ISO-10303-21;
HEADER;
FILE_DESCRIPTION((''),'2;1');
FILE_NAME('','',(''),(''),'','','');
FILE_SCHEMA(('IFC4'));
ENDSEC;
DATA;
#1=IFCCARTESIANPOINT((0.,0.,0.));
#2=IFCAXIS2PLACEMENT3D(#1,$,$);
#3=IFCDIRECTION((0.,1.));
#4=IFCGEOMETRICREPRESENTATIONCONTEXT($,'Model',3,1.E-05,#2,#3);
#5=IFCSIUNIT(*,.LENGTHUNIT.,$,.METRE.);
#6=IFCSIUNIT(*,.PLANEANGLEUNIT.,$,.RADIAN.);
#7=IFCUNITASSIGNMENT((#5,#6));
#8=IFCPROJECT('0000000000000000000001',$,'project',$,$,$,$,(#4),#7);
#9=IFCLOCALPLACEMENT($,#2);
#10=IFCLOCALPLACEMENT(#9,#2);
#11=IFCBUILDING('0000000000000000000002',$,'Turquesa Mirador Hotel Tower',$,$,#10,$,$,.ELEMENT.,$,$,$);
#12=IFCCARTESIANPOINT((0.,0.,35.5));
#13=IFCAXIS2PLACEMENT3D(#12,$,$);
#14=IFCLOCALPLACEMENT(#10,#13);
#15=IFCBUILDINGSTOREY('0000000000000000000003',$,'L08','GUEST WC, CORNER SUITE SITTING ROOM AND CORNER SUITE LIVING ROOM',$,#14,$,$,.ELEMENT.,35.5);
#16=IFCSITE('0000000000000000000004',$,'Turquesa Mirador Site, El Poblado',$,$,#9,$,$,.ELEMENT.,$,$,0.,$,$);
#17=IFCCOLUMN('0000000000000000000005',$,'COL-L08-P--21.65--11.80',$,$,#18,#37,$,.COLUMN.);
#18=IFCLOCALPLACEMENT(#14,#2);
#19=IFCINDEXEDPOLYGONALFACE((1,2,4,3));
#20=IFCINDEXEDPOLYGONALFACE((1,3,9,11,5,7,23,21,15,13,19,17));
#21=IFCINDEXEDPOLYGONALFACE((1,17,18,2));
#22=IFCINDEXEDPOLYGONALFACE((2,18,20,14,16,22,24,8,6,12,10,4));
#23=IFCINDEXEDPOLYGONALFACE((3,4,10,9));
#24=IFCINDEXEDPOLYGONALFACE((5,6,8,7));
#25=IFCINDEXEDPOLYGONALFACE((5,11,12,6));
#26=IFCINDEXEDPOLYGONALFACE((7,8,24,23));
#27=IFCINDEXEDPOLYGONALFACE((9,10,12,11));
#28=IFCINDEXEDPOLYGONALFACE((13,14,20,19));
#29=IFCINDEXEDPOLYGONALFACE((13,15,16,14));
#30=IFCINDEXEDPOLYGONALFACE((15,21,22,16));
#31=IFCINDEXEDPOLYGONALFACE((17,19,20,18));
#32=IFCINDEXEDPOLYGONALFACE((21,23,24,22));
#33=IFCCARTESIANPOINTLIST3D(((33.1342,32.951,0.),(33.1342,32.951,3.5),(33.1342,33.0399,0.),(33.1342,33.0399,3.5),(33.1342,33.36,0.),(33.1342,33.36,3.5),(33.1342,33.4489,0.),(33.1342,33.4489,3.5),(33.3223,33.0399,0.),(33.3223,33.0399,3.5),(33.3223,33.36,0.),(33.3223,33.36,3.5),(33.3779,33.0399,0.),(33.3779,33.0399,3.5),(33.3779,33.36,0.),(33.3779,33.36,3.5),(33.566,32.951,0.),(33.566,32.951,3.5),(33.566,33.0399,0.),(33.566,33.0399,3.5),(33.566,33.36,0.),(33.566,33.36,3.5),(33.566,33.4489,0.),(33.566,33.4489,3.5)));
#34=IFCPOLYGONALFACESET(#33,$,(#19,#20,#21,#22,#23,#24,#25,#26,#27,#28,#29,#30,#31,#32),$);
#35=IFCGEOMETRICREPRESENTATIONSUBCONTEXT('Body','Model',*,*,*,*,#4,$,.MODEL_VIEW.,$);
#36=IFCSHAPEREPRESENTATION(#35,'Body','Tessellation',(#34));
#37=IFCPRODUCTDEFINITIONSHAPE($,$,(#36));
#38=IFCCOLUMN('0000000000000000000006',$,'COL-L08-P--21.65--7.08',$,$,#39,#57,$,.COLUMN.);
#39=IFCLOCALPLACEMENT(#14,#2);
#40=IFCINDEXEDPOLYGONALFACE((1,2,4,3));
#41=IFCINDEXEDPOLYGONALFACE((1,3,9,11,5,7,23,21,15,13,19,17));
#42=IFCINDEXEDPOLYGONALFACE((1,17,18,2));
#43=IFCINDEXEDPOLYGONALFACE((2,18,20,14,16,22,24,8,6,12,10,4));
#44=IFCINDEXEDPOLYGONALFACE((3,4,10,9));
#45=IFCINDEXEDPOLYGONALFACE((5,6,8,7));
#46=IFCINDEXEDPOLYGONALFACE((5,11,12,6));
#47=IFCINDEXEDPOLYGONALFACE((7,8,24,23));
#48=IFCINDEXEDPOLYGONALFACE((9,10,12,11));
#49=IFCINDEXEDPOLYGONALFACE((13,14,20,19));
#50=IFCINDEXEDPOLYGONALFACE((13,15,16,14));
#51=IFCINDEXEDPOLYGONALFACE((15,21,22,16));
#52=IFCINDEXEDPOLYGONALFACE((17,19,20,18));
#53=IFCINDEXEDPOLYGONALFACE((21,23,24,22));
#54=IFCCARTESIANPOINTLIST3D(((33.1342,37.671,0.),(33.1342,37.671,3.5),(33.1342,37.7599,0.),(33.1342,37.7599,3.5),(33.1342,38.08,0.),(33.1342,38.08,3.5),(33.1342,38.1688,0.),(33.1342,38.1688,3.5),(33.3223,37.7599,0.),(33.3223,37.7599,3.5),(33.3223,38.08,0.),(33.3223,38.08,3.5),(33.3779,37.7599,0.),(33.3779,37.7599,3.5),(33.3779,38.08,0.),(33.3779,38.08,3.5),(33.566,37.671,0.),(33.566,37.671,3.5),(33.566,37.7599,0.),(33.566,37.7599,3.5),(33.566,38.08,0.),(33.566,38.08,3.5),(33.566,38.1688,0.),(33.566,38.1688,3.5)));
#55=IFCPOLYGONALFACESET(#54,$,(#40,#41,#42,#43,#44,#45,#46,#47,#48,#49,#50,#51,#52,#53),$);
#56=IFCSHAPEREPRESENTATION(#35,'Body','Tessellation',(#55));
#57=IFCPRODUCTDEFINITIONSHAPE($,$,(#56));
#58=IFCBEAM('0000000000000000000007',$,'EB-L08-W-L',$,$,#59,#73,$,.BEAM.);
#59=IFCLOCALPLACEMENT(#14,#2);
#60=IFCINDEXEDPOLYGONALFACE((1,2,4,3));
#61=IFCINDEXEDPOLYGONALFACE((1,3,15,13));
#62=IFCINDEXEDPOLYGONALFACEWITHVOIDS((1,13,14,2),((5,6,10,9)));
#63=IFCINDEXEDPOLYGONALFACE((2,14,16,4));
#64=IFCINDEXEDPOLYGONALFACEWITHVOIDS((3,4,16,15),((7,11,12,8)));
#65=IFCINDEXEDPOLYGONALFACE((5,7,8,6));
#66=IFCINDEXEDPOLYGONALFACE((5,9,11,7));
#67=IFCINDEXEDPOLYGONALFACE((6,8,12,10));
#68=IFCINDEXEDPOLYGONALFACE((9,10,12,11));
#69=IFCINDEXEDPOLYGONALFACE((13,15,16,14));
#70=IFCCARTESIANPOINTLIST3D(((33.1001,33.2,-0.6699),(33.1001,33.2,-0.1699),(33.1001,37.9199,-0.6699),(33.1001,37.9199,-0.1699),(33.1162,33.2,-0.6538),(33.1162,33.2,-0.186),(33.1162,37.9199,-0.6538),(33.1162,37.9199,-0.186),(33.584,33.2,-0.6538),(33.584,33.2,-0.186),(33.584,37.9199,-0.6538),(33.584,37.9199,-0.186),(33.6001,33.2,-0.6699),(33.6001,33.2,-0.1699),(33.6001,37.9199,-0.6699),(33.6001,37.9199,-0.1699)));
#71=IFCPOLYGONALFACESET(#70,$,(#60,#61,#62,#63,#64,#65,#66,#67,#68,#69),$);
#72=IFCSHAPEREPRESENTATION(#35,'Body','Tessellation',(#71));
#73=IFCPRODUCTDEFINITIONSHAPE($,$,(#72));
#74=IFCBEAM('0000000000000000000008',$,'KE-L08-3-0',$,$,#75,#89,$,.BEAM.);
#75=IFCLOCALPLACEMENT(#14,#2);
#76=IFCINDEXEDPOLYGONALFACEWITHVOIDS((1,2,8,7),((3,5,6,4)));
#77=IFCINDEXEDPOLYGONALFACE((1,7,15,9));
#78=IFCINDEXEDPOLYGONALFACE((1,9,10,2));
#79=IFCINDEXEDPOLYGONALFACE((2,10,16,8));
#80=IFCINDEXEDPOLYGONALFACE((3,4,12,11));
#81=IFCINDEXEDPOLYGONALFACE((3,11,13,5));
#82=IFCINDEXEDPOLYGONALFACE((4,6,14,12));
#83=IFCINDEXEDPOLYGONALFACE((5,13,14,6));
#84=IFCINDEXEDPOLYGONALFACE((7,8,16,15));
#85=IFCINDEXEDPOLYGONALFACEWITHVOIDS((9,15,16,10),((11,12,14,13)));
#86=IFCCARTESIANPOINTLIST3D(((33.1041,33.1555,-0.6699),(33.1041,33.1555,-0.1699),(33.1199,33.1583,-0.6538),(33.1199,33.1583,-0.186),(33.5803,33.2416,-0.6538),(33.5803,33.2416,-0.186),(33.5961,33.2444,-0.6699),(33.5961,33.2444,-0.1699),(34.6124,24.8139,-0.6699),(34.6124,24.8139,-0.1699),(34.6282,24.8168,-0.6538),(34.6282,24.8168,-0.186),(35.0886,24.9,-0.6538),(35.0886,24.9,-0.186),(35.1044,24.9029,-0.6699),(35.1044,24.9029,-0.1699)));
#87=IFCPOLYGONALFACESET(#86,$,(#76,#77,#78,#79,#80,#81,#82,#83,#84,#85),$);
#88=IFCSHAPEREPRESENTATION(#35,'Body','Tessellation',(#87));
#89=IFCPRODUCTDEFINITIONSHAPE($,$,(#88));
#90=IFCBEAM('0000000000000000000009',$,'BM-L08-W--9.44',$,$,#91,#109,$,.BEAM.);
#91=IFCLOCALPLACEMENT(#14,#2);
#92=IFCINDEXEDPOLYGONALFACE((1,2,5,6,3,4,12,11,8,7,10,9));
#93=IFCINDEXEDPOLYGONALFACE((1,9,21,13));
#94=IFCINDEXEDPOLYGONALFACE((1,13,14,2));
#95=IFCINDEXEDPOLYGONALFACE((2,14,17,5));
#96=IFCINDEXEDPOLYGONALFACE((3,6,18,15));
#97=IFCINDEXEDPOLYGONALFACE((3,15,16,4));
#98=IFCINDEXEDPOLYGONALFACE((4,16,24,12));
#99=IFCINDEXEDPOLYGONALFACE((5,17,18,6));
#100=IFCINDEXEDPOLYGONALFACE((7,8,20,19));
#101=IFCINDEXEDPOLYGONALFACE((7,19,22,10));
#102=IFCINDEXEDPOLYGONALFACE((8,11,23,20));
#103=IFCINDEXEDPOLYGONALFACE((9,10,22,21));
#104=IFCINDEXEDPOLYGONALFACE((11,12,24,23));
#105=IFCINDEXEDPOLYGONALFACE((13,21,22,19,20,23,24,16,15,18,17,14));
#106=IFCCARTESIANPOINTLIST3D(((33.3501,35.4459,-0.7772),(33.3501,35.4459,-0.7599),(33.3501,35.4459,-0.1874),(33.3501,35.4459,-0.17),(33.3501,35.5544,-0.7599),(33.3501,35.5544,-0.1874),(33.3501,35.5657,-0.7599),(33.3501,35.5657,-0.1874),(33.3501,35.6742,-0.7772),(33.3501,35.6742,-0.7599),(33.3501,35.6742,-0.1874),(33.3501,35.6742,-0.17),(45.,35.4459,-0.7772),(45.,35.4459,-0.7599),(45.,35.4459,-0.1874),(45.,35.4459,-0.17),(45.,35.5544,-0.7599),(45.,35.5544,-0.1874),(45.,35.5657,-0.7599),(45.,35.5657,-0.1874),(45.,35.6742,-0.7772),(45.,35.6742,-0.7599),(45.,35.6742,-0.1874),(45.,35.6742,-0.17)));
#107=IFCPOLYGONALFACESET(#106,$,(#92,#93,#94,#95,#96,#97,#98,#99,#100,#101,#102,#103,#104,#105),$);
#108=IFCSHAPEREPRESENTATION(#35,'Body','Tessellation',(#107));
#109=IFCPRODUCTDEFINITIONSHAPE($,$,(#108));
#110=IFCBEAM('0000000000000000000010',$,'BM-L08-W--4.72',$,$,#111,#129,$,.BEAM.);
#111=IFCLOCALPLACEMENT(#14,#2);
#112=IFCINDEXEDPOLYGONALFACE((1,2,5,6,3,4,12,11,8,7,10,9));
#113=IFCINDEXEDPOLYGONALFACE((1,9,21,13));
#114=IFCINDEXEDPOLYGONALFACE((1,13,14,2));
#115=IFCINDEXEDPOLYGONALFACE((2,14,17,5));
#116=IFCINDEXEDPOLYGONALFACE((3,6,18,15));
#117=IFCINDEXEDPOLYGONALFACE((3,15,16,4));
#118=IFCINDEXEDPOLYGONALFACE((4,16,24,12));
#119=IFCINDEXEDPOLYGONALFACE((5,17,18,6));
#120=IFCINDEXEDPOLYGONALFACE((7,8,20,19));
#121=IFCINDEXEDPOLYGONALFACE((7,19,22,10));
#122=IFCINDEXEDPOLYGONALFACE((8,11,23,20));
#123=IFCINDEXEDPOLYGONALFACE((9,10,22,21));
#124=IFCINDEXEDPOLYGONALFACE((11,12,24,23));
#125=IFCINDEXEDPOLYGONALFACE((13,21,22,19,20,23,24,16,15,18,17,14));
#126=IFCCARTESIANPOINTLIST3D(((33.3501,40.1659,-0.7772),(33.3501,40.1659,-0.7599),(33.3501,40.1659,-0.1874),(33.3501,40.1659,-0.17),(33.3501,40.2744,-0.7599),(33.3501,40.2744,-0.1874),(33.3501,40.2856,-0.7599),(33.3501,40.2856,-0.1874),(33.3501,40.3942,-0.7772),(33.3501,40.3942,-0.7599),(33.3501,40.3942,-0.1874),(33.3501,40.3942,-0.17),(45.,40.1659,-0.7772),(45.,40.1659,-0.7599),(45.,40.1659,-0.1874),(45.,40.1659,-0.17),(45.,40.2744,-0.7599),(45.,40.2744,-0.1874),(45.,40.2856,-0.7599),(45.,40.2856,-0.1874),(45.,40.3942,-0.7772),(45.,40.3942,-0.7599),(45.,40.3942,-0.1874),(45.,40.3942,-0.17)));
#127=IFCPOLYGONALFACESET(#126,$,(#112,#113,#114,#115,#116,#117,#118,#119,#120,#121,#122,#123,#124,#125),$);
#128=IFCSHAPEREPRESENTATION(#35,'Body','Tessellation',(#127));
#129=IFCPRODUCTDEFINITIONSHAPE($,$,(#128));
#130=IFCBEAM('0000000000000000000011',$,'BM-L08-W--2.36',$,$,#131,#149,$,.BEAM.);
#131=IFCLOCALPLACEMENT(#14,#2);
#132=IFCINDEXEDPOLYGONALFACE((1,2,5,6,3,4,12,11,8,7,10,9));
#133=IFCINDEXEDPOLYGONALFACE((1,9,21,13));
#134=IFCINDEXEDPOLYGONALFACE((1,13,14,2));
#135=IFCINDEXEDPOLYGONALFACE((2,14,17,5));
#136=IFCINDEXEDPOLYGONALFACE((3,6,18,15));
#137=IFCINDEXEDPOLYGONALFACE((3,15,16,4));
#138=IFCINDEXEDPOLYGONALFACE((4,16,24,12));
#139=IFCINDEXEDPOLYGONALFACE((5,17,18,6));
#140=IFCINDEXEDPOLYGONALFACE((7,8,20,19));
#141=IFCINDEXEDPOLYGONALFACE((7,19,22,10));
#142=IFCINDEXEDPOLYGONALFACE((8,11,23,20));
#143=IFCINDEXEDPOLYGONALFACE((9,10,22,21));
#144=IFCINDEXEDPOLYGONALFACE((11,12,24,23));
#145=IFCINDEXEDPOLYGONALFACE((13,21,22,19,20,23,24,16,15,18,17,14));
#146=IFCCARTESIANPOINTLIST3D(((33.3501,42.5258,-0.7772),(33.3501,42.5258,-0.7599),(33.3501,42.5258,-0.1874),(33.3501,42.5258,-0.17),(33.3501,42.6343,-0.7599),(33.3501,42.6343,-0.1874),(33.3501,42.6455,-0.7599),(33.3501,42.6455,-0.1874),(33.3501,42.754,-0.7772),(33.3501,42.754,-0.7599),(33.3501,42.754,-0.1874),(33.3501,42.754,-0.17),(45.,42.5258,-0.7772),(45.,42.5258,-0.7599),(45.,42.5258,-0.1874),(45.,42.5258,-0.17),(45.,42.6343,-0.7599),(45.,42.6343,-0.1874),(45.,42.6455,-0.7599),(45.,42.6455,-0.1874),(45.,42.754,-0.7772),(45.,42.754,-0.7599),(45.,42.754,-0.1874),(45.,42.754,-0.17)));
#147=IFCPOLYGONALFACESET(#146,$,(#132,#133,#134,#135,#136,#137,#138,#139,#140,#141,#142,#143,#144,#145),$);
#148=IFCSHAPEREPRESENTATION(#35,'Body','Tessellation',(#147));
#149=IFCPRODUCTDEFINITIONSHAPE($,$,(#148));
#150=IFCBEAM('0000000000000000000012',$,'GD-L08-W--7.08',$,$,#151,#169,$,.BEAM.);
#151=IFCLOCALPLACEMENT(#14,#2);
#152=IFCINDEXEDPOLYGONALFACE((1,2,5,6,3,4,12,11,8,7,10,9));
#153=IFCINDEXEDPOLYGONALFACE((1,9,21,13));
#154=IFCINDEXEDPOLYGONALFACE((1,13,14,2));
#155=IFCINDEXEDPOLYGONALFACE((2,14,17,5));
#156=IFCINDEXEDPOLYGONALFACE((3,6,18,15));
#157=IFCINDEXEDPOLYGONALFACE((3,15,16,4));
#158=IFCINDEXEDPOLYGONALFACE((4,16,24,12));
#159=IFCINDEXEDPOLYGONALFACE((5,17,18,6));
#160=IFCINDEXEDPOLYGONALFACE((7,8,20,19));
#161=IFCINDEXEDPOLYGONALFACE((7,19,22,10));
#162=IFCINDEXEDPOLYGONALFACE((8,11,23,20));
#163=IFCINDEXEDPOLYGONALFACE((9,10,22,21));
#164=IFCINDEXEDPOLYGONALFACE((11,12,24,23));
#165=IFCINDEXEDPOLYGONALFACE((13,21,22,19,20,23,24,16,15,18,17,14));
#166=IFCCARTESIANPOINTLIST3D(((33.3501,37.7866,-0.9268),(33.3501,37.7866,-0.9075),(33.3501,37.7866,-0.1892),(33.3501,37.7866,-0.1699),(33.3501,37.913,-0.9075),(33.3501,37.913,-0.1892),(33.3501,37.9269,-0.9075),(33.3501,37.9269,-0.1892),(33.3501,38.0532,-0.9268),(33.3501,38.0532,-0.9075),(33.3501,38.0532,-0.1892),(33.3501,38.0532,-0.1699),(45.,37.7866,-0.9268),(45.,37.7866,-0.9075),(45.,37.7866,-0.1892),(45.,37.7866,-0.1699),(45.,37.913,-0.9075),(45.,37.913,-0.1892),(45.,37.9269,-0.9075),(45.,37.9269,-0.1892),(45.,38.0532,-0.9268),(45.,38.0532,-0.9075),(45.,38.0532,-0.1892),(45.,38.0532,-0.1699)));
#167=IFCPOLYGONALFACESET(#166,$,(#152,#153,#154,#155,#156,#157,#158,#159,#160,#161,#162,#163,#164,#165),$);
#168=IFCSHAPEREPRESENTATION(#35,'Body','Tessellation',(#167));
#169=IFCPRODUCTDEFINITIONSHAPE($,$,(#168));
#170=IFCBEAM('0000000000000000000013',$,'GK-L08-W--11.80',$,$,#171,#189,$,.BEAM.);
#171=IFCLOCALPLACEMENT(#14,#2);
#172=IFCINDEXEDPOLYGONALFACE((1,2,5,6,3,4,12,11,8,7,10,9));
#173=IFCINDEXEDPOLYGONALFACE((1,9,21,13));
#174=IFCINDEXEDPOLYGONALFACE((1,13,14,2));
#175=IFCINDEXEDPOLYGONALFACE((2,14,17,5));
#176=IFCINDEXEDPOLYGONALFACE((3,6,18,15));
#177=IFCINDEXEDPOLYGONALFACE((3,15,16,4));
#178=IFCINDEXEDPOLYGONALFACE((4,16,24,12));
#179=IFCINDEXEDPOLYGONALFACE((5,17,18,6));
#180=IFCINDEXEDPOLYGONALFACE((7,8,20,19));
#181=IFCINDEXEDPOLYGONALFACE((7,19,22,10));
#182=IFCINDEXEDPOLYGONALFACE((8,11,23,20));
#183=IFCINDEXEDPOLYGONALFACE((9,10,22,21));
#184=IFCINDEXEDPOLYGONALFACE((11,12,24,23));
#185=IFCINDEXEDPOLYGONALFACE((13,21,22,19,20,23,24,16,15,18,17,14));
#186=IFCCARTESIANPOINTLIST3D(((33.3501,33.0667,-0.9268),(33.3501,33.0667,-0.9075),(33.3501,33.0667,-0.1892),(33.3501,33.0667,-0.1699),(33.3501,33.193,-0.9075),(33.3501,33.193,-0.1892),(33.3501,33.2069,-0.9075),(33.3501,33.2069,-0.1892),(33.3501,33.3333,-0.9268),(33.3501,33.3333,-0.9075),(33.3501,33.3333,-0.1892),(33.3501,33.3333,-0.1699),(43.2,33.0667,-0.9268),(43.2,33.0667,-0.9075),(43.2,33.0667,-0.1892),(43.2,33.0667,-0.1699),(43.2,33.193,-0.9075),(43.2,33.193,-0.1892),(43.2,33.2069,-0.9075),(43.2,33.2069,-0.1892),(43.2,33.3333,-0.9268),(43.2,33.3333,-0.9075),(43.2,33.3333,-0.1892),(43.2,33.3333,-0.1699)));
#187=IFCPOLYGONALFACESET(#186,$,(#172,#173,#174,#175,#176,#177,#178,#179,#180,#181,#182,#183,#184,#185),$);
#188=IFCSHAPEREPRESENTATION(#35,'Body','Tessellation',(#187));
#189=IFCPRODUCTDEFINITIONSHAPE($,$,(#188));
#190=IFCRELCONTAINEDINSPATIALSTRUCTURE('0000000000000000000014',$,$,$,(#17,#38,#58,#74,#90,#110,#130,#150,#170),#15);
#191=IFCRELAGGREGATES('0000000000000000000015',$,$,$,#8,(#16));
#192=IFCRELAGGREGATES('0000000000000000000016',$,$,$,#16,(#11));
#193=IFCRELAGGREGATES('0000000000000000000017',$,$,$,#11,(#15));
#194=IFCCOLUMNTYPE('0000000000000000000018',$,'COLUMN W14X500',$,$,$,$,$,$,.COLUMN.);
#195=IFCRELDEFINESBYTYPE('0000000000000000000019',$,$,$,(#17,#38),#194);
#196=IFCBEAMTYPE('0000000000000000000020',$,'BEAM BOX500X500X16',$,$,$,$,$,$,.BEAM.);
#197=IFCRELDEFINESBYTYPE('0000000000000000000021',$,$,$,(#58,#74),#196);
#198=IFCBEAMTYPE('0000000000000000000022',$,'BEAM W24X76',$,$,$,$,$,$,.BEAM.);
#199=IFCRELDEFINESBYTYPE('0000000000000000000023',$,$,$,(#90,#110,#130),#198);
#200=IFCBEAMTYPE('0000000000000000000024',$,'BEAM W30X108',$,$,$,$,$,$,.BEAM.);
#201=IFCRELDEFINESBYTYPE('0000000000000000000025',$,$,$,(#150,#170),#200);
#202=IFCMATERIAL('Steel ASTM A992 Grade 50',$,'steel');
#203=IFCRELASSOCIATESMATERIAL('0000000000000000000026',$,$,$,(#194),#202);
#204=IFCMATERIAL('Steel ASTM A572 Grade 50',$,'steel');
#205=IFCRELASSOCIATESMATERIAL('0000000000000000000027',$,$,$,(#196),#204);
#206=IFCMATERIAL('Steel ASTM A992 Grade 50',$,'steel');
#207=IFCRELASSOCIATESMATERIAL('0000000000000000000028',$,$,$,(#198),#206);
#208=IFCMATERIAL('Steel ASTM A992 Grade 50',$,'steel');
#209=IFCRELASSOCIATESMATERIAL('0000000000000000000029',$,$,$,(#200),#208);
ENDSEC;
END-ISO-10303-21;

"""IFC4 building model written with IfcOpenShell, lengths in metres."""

from ifc_helpers import new_model, si_unit, direction, frame, origin, origin_2d, place, context, subcontext, project, spatial, hollow_rectangle, i_section, extrude, material, material_profile, profile_set, type_object, element, save


model = new_model("IFC4")

# Units and contexts
model_context = context("Model", 3, precision=1e-05, world=origin(), true_north=direction((0.0, 1.0)))
body_context = subcontext(model_context, "Body", "Model", "MODEL_VIEW")
ifc_project = project(units=[si_unit("LENGTHUNIT", "METRE"), si_unit("PLANEANGLEUNIT", "RADIAN")], contexts=[model_context])

# Site, building, storey
site_placement = place(None, origin())
site = spatial("IfcSite", under=ifc_project, at=site_placement, Name="Turquesa Mirador Site, El Poblado", CompositionType="ELEMENT", RefElevation=0.0)
building_placement = place(site_placement, origin())
building = spatial("IfcBuilding", under=site, at=building_placement, Name="Turquesa Mirador Hotel Tower", CompositionType="ELEMENT")
storey_placement = place(building_placement, frame((0.0, 0.0, 35.5)))
storey = spatial("IfcBuildingStorey", under=building, at=storey_placement, Name="L08", Description="GUEST WC, CORNER SUITE SITTING ROOM AND CORNER SUITE LIVING ROOM", CompositionType="ELEMENT", Elevation=35.5)

# Columns
ifc_material_1 = material(Name="Steel ASTM A992 Grade 50", Category="steel")
ifc_material_profile_1 = material_profile(ifc_material_1, i_section(OverallWidth=0.4319, OverallDepth=0.4978, WebThickness=0.0557, FlangeThickness=0.0889, at=origin_2d()), Name="W14X500")
ifc_profile_set_1 = profile_set([ifc_material_profile_1], Name="Steel ASTM A992 Grade 50")
column_type = type_object("IfcColumnType", Name="COLUMN W14X500", PredefinedType="COLUMN", material=ifc_profile_set_1)
for number, where, z_axis, x_axis, name in (
    (1, (33.3501, 33.2, 0.0), (0.0, 0.0, 1.0), (1.0, 0.0, 0.0), "COL-L08-P--21.65--11.80"),
    (2, (33.3501, 37.9199, 0.0), (0.0, 0.0, 1.0), (1.0, 0.0, 0.0), "COL-L08-P--21.65--7.08"),
):
    element("IfcColumn", number, at=place(storey_placement, frame(where, z_axis=z_axis, x_axis=x_axis)), inside=storey, type_object=column_type, Name=name, PredefinedType="COLUMN", context=body_context, shape_type="SweptSolid", body=[
        extrude(i_section(OverallWidth=0.4319, OverallDepth=0.4978, WebThickness=0.0557, FlangeThickness=0.0889, at=origin_2d()), origin(), (0.0, 0.0, 1.0), 3.5),
    ])

# Beams
ifc_material_2 = material(Name="Steel ASTM A572 Grade 50", Category="steel")
ifc_material_profile_2 = material_profile(ifc_material_2, hollow_rectangle(XDim=0.5, YDim=0.5, WallThickness=0.0161, at=origin_2d()), Name="BOX500X500X16")
ifc_profile_set_2 = profile_set([ifc_material_profile_2], Name="Steel ASTM A572 Grade 50")
beam_type_1 = type_object("IfcBeamType", Name="BEAM BOX500X500X16", PredefinedType="BEAM", material=ifc_profile_set_2)
beam_1_placement = place(storey_placement, frame((33.3501, 33.2, -0.4199), z_axis=(0.0, 1.0, 0.0), x_axis=(-1.0, 0.0, 0.0)))
element("IfcBeam", 3, at=beam_1_placement, inside=storey, type_object=beam_type_1, Name="EB-L08-W-L", PredefinedType="BEAM", context=body_context, shape_type="SweptSolid", body=[
    extrude(hollow_rectangle(XDim=0.5, YDim=0.5, WallThickness=0.0161, at=origin_2d()), origin(), (0.0, 0.0, 1.0), 4.72),
])
beam_2_placement = place(storey_placement, frame((33.3501, 33.2, -0.4199), z_axis=(0.177932, -0.984043, 0.0), x_axis=(0.984043, 0.177932, 0.0)))
element("IfcBeam", 4, at=beam_2_placement, inside=storey, type_object=beam_type_1, Name="KE-L08-3-0", PredefinedType="BEAM", context=body_context, shape_type="SweptSolid", body=[
    extrude(hollow_rectangle(XDim=0.5, YDim=0.5, WallThickness=0.0161, at=origin_2d()), origin(), (0.0, 0.0, 1.0), 8.4768),
])
ifc_material_3 = material(Name="Steel ASTM A992 Grade 50", Category="steel")
ifc_material_profile_3 = material_profile(ifc_material_3, i_section(OverallWidth=0.2283, OverallDepth=0.6072, WebThickness=0.0112, FlangeThickness=0.0173, at=origin_2d()), Name="W24X76")
ifc_profile_set_3 = profile_set([ifc_material_profile_3], Name="Steel ASTM A992 Grade 50")
beam_type_2 = type_object("IfcBeamType", Name="BEAM W24X76", PredefinedType="BEAM", material=ifc_profile_set_3)
for number, where, z_axis, x_axis, name in (
    (5, (33.3501, 35.5601, -0.4736), (1.0, 0.0, 0.0), (0.0, 1.0, 0.0), "BM-L08-W--9.44"),
    (6, (33.3501, 40.28, -0.4736), (1.0, 0.0, 0.0), (0.0, 1.0, 0.0), "BM-L08-W--4.72"),
    (7, (33.3501, 42.6399, -0.4736), (1.0, 0.0, 0.0), (0.0, 1.0, 0.0), "BM-L08-W--2.36"),
):
    element("IfcBeam", number, at=place(storey_placement, frame(where, z_axis=z_axis, x_axis=x_axis)), inside=storey, type_object=beam_type_2, Name=name, PredefinedType="BEAM", context=body_context, shape_type="SweptSolid", body=[
        extrude(i_section(OverallWidth=0.2283, OverallDepth=0.6072, WebThickness=0.0112, FlangeThickness=0.0173, at=origin_2d()), origin(), (0.0, 0.0, 1.0), 11.6499),
    ])
ifc_material_4 = material(Name="Steel ASTM A992 Grade 50", Category="steel")
ifc_material_profile_4 = material_profile(ifc_material_4, i_section(OverallWidth=0.2666, OverallDepth=0.7568, WebThickness=0.0139, FlangeThickness=0.0193, at=origin_2d()), Name="W30X108")
ifc_profile_set_4 = profile_set([ifc_material_profile_4], Name="Steel ASTM A992 Grade 50")
beam_type_3 = type_object("IfcBeamType", Name="BEAM W30X108", PredefinedType="BEAM", material=ifc_profile_set_4)
beam_3_placement = place(storey_placement, frame((33.3501, 37.9199, -0.5483), z_axis=(1.0, 0.0, 0.0), x_axis=(0.0, 1.0, 0.0)))
element("IfcBeam", 8, at=beam_3_placement, inside=storey, type_object=beam_type_3, Name="GD-L08-W--7.08", PredefinedType="BEAM", context=body_context, shape_type="SweptSolid", body=[
    extrude(i_section(OverallWidth=0.2666, OverallDepth=0.7568, WebThickness=0.0139, FlangeThickness=0.0193, at=origin_2d()), origin(), (0.0, 0.0, 1.0), 11.6499),
])
beam_4_placement = place(storey_placement, frame((33.3501, 33.2, -0.5483), z_axis=(1.0, 0.0, 0.0), x_axis=(0.0, 1.0, 0.0)))
element("IfcBeam", 9, at=beam_4_placement, inside=storey, type_object=beam_type_3, Name="GK-L08-W--11.80", PredefinedType="BEAM", context=body_context, shape_type="SweptSolid", body=[
    extrude(i_section(OverallWidth=0.2666, OverallDepth=0.7568, WebThickness=0.0139, FlangeThickness=0.0193, at=origin_2d()), origin(), (0.0, 0.0, 1.0), 9.8499),
])

save(model, "model.ifc")
